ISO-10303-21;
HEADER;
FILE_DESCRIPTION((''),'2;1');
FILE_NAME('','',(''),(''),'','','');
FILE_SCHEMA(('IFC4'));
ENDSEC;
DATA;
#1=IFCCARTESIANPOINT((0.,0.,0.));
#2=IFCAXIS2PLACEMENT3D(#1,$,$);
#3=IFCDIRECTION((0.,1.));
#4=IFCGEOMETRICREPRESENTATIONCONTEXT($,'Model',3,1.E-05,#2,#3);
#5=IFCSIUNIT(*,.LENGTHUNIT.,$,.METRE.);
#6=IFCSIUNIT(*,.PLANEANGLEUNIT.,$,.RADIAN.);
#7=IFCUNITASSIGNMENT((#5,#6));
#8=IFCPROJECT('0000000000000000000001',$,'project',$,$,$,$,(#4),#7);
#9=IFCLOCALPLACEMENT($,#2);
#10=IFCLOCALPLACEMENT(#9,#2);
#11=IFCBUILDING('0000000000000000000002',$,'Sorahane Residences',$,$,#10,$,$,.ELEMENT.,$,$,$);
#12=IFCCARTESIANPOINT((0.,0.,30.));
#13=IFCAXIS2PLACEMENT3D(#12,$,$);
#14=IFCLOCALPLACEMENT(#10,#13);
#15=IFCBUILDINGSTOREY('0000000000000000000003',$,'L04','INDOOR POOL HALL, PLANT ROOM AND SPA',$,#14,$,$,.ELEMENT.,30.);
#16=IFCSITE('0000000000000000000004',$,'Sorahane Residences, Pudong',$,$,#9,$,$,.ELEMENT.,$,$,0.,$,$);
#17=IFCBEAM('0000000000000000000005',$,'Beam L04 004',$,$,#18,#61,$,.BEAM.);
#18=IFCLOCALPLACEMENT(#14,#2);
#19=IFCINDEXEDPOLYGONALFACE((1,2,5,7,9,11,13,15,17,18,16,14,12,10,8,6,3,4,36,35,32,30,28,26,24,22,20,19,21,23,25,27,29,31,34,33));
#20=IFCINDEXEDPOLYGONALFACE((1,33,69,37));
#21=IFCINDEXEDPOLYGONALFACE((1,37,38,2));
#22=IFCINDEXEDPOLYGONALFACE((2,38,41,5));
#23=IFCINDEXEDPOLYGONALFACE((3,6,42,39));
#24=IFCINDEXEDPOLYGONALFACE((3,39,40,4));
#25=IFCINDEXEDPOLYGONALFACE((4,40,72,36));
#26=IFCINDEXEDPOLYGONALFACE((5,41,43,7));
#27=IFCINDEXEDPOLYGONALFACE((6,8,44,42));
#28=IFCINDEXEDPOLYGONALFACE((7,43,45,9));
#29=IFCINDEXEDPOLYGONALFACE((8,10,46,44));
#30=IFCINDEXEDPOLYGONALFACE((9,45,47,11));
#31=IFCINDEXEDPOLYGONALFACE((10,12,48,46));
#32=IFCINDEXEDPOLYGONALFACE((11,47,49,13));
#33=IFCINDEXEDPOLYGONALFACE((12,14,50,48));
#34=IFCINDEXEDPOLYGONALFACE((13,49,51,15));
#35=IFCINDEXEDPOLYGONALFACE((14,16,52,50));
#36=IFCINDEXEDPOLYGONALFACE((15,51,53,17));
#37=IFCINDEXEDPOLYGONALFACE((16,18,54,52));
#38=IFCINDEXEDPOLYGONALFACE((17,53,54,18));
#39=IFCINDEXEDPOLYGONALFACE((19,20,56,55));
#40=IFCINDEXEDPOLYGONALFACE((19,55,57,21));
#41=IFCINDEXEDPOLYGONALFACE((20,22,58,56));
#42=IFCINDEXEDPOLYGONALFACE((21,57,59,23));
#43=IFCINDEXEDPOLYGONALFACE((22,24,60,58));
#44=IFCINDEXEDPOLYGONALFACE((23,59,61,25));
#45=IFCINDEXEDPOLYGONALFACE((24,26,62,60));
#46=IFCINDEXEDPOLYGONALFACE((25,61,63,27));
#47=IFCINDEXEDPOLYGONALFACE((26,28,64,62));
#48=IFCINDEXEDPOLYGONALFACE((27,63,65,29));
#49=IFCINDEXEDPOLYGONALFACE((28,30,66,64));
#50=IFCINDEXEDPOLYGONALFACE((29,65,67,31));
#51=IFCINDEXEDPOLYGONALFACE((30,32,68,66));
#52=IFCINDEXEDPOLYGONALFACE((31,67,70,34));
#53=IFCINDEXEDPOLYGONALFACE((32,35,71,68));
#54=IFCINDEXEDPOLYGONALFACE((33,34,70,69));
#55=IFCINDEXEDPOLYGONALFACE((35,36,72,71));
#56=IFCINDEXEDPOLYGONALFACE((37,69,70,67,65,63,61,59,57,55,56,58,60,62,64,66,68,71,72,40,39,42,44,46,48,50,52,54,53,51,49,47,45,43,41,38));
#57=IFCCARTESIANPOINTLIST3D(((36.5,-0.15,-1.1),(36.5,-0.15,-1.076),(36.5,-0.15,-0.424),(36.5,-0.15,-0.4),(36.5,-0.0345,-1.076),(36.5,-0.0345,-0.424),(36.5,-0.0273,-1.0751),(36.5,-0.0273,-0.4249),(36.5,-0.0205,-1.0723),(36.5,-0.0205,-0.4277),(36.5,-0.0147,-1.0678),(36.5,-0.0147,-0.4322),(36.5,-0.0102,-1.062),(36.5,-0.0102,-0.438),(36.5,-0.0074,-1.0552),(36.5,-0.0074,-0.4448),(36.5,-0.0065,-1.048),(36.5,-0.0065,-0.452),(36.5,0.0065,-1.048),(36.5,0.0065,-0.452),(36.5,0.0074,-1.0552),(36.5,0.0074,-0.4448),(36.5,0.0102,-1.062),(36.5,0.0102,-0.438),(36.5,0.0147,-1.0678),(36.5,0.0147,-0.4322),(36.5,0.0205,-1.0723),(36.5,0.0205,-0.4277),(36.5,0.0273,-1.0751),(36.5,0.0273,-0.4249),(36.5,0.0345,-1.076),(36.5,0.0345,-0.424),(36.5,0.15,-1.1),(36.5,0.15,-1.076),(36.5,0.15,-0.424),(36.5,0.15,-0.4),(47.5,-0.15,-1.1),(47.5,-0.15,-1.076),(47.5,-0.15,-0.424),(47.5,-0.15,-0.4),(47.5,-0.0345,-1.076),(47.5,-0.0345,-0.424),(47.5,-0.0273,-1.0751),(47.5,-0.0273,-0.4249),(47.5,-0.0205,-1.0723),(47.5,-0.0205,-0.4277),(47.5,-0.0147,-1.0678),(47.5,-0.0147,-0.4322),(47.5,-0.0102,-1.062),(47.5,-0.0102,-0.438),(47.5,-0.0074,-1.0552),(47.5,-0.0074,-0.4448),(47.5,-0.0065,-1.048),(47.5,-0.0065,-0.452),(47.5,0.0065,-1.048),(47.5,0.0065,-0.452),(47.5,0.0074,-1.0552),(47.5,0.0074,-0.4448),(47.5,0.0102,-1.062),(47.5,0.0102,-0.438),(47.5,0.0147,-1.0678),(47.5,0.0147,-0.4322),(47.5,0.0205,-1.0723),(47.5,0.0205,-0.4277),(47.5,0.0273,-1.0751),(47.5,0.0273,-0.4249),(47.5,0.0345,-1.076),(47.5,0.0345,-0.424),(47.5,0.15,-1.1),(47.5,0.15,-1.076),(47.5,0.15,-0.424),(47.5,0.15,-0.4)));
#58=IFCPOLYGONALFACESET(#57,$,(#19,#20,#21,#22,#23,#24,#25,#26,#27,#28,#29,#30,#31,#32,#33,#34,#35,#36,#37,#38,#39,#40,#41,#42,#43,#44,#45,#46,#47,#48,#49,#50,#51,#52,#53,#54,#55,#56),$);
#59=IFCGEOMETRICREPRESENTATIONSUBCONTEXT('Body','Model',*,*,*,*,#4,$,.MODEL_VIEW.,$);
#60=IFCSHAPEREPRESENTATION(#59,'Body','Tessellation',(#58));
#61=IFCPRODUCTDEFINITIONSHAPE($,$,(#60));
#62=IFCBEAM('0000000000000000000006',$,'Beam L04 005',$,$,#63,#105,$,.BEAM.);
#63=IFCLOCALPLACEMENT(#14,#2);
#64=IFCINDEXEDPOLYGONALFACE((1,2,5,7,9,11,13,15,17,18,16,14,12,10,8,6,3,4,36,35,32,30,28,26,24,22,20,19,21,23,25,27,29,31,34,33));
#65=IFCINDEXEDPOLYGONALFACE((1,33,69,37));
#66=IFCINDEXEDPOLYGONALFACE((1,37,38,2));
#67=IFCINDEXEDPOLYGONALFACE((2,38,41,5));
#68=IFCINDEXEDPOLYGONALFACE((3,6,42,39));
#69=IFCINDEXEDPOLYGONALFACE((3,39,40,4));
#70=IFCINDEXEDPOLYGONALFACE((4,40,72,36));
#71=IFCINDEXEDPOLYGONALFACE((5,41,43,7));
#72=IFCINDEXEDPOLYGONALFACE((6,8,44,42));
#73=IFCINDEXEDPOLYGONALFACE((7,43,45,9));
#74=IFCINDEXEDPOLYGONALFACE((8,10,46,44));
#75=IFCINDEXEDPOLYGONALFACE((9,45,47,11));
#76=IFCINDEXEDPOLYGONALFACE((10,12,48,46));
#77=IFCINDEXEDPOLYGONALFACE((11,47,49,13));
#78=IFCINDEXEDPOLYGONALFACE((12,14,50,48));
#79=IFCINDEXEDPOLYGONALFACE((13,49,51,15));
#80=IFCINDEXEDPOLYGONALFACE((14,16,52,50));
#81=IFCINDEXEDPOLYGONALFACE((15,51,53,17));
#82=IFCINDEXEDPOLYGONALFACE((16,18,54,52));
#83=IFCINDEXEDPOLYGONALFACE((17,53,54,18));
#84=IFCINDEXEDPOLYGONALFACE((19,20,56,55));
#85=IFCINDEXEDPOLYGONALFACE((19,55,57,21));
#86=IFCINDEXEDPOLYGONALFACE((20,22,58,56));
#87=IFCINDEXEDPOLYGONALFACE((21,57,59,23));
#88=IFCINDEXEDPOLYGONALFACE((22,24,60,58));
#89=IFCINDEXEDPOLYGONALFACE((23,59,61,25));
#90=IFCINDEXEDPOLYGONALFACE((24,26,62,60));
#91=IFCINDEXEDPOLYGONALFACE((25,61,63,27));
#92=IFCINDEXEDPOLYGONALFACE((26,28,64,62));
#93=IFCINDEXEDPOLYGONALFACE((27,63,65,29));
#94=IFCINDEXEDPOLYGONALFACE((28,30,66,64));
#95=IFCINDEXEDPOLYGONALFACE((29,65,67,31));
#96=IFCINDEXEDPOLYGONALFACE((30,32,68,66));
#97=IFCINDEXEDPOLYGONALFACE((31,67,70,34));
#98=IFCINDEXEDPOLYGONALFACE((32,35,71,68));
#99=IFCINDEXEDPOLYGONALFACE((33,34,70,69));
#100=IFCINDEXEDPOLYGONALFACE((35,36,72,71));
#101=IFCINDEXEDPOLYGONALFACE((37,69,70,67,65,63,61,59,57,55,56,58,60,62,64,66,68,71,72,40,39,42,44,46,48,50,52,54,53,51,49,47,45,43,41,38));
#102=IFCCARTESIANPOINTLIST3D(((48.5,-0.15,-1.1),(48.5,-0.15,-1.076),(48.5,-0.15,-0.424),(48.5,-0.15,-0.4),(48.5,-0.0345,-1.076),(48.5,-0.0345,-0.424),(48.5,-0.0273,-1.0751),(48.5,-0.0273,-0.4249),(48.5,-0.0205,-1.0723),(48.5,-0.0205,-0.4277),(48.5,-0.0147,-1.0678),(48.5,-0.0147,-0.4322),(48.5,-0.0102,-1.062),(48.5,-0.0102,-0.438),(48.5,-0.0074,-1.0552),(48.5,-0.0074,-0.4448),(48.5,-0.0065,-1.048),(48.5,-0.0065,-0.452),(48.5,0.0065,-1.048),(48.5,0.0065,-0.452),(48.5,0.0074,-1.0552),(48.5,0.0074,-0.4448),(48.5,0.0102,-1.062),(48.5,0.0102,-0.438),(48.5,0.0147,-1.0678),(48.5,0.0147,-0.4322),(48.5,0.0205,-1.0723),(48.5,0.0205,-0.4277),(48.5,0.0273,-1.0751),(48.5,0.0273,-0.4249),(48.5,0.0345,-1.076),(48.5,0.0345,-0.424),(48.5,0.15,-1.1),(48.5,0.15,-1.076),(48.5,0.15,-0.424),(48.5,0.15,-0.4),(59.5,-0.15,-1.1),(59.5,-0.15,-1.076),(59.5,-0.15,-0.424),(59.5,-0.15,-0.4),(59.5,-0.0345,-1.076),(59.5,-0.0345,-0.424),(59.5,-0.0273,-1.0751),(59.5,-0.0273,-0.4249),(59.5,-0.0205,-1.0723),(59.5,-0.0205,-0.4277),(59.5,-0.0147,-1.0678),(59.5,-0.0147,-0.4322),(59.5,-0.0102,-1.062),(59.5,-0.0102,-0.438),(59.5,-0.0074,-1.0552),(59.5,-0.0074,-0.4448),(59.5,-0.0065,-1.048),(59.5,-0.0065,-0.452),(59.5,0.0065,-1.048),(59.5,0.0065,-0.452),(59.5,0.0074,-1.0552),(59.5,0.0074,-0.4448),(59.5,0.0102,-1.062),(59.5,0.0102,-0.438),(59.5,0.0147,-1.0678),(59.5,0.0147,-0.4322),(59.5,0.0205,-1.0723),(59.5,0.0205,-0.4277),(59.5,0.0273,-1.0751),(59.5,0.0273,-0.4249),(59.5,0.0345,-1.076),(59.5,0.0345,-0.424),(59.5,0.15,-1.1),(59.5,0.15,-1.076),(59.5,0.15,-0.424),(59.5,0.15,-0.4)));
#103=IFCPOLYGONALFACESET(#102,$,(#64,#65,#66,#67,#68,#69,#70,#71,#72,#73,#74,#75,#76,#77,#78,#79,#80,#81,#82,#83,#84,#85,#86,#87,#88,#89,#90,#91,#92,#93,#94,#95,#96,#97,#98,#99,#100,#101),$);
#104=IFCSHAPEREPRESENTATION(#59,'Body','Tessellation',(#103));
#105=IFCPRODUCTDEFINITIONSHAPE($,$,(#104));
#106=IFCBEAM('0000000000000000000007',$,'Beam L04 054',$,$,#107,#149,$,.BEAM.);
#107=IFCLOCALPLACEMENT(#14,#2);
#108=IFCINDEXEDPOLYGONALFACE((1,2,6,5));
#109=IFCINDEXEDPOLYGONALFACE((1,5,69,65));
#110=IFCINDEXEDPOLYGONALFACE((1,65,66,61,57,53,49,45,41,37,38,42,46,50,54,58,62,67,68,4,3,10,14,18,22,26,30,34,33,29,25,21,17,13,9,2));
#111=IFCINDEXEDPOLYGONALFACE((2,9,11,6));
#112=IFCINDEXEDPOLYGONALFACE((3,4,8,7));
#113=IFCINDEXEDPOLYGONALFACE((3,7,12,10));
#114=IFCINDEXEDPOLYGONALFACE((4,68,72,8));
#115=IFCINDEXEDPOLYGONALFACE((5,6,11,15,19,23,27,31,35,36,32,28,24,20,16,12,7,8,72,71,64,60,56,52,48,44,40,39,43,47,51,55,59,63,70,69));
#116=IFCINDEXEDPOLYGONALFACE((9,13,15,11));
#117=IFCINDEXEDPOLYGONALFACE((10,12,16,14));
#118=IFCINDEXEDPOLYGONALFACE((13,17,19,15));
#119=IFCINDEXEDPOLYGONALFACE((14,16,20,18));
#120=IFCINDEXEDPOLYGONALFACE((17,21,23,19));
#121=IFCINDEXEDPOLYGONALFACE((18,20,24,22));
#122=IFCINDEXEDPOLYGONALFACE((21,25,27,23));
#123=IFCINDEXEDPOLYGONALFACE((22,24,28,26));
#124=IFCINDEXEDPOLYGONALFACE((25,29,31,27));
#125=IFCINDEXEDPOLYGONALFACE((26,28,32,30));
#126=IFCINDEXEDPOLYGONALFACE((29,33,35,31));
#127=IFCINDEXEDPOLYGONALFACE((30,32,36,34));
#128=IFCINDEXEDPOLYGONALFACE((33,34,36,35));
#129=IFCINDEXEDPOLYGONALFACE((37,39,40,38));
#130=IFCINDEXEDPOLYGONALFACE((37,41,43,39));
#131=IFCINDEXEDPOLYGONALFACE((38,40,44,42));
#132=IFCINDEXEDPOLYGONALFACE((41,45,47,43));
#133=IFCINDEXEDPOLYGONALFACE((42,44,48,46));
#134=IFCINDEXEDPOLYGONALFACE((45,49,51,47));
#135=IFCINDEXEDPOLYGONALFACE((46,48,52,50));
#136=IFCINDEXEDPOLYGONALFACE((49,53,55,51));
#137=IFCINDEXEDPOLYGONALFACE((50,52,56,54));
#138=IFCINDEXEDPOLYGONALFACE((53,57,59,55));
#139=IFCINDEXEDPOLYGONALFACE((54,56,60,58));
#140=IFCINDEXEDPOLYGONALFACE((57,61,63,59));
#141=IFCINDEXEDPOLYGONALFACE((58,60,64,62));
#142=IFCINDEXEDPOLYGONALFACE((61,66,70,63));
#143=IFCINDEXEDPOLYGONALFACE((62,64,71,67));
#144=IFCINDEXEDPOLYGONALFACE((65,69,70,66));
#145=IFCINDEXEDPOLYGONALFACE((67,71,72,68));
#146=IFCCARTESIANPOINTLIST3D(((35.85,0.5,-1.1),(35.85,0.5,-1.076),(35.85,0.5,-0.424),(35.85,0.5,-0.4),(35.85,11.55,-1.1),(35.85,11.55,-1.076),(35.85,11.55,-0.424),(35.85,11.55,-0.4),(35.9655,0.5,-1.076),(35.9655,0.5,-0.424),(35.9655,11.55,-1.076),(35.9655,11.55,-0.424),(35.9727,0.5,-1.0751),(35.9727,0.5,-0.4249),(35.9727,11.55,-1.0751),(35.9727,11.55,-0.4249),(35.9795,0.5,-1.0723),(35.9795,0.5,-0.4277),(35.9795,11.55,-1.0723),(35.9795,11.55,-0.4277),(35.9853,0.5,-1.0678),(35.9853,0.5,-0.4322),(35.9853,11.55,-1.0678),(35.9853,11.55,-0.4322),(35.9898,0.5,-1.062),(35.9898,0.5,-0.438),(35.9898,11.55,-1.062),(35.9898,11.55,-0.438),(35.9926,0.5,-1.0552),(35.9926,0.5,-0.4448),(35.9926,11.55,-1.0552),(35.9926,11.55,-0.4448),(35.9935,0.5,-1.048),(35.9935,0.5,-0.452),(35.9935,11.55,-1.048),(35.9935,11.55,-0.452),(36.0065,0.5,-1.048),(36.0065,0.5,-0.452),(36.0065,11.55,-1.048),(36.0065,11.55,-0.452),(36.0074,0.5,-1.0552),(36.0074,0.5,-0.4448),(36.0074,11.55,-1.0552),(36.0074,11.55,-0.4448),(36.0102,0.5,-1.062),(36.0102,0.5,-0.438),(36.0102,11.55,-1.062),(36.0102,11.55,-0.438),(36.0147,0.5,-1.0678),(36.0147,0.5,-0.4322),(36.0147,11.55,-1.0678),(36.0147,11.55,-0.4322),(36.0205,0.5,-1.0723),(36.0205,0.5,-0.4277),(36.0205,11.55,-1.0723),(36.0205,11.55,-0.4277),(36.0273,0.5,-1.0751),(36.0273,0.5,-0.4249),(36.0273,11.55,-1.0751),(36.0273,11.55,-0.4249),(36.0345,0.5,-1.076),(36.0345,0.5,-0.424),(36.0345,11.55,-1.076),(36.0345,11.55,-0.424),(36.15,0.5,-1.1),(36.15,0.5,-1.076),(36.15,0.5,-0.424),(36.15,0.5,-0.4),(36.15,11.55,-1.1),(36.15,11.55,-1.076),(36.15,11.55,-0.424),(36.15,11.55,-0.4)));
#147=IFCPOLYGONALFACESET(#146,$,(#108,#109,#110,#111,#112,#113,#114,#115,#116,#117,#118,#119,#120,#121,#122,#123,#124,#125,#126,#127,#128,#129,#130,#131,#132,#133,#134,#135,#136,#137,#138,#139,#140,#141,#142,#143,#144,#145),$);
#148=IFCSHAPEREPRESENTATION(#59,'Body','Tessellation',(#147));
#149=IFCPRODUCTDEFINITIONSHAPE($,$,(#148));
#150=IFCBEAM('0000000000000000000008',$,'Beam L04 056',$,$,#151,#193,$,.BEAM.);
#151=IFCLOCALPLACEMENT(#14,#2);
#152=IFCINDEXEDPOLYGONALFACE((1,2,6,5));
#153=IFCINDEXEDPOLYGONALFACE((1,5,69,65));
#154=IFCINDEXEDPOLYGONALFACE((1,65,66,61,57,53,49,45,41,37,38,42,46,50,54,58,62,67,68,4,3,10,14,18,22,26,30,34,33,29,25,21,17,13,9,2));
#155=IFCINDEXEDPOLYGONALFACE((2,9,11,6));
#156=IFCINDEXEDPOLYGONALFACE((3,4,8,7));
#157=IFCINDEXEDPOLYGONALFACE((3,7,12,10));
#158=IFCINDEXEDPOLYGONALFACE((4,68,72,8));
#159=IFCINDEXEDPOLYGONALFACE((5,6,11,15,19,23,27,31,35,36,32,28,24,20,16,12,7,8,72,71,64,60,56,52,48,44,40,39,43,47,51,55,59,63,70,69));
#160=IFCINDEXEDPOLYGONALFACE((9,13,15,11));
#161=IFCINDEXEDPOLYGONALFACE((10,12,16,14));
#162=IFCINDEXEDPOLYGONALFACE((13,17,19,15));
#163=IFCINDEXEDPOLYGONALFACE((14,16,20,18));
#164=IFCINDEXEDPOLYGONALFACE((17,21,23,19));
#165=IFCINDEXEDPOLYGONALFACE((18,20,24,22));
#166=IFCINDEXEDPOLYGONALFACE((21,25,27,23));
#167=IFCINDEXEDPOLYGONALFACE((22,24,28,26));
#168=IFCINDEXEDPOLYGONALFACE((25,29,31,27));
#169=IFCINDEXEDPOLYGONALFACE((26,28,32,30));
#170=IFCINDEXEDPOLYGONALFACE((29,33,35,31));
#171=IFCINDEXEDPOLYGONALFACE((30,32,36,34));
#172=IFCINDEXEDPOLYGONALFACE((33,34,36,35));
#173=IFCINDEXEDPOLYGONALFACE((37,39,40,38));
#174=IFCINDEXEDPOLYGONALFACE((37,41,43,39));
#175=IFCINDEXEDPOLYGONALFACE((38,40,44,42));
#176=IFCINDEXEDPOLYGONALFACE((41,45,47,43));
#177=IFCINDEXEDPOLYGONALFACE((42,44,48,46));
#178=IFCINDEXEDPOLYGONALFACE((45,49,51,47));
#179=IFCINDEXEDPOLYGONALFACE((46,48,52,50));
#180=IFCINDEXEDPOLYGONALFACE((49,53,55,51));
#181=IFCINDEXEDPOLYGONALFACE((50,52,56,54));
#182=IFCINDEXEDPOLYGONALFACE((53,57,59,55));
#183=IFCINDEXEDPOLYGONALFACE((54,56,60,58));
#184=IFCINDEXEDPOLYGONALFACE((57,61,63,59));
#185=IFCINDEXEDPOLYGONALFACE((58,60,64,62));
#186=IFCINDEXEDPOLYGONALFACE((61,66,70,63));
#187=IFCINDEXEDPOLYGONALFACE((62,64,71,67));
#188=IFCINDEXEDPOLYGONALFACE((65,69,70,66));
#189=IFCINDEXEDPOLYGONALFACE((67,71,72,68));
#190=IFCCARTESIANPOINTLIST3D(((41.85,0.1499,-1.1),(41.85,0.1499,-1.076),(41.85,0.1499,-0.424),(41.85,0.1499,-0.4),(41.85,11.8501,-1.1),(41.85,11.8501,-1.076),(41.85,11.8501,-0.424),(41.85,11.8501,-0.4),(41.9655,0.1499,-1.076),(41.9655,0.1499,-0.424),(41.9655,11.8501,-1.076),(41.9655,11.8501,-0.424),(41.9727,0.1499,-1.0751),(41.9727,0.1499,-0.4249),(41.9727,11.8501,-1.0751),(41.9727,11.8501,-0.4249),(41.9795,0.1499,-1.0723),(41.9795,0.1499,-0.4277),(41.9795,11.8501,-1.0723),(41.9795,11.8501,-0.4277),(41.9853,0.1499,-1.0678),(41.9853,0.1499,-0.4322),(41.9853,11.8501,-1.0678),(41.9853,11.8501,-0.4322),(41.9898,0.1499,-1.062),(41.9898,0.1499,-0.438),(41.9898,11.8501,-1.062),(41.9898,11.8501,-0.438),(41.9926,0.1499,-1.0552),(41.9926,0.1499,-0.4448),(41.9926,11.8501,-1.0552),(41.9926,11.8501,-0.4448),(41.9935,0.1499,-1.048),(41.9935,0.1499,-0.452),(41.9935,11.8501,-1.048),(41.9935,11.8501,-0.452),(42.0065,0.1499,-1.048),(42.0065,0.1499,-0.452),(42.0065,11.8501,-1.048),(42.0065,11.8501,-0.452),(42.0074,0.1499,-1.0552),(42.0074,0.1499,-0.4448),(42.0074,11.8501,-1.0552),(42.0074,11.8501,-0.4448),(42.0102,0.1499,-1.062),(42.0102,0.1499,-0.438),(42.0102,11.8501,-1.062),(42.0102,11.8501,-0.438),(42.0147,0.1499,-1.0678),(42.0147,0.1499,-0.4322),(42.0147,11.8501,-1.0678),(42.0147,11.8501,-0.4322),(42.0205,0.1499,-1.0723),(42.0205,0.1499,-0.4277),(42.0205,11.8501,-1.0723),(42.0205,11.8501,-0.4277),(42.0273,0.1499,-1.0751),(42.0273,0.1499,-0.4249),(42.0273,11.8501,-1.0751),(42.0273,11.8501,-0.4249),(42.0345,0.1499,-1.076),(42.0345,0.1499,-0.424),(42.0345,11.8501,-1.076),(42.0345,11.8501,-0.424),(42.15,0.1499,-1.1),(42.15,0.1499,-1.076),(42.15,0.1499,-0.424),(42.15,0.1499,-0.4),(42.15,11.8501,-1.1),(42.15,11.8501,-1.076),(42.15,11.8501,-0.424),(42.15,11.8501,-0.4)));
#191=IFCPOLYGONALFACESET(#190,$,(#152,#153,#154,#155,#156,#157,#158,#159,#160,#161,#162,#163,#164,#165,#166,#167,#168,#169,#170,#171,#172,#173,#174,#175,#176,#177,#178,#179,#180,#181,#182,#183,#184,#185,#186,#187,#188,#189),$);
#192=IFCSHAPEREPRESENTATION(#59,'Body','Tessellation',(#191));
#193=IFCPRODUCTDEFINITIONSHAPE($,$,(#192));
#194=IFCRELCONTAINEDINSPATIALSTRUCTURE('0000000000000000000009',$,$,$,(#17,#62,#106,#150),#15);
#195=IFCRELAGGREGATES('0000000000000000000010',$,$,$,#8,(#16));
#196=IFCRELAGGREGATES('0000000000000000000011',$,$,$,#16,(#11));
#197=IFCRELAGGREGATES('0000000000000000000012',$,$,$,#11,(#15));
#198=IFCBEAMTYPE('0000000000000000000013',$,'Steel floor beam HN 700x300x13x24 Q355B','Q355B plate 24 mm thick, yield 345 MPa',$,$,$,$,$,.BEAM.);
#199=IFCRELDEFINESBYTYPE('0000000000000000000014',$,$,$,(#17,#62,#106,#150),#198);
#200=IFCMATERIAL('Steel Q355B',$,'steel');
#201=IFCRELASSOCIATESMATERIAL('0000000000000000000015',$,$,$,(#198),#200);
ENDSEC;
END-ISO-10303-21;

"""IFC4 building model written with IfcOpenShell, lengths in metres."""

from ifc_helpers import new_model, si_unit, direction, frame, origin, origin_2d, place, context, subcontext, project, spatial, i_section, extrude, material, material_profile, profile_set, type_object, element, save


model = new_model("IFC4")

# Units and contexts
model_context = context("Model", 3, precision=1e-05, world=origin(), true_north=direction((0.0, 1.0)))
body_context = subcontext(model_context, "Body", "Model", "MODEL_VIEW")
ifc_project = project(units=[si_unit("LENGTHUNIT", "METRE"), si_unit("PLANEANGLEUNIT", "RADIAN")], contexts=[model_context])

# Site, building, storey
site_placement = place(None, origin())
site = spatial("IfcSite", under=ifc_project, at=site_placement, Name="Sorahane Residences, Pudong", CompositionType="ELEMENT", RefElevation=0.0)
building_placement = place(site_placement, origin())
building = spatial("IfcBuilding", under=site, at=building_placement, Name="Sorahane Residences", CompositionType="ELEMENT")
storey_placement = place(building_placement, frame((0.0, 0.0, 30.0)))
storey = spatial("IfcBuildingStorey", under=building, at=storey_placement, Name="L04", Description="INDOOR POOL HALL, PLANT ROOM AND SPA", CompositionType="ELEMENT", Elevation=30.0)

# Beams
ifc_material_1 = material(Name="Steel Q355B", Category="steel")
ifc_material_profile_1 = material_profile(ifc_material_1, i_section(OverallWidth=0.3, OverallDepth=0.7, WebThickness=0.0129, FlangeThickness=0.0239, FilletRadius=0.0281, at=origin_2d()), Name="HN 700x300x13x24")
ifc_profile_set_1 = profile_set([ifc_material_profile_1], Name="Steel Q355B")
beam_type_1 = type_object("IfcBeamType", Name="Steel floor beam HN 700x300x13x24 Q355B", Description="Q355B plate 24 mm thick, yield 345 MPa", PredefinedType="BEAM", material=ifc_profile_set_1)
for number, where, z_axis, x_axis, name in (
    (1, (36.5, 0.0, -0.75), (1.0, 0.0, 0.0), (0.0, 1.0, 0.0), "Beam L04 004"),
    (2, (48.5, 0.0, -0.75), (1.0, 0.0, 0.0), (0.0, 1.0, 0.0), "Beam L04 005"),
):
    element("IfcBeam", number, at=place(storey_placement, frame(where, z_axis=z_axis, x_axis=x_axis)), inside=storey, type_object=beam_type_1, Name=name, PredefinedType="BEAM", context=body_context, shape_type="SweptSolid", body=[
        extrude(i_section(OverallWidth=0.3, OverallDepth=0.7, WebThickness=0.0129, FlangeThickness=0.0239, FilletRadius=0.0281, at=origin_2d()), origin(), (0.0, 0.0, 1.0), 11.0),
    ])
beam_1_placement = place(storey_placement, frame((36.0, 0.5, -0.75), z_axis=(0.0, 1.0, 0.0), x_axis=(-1.0, 0.0, 0.0)))
element("IfcBeam", 3, at=beam_1_placement, inside=storey, type_object=beam_type_1, Name="Beam L04 054", PredefinedType="BEAM", context=body_context, shape_type="SweptSolid", body=[
    extrude(i_section(OverallWidth=0.3, OverallDepth=0.7, WebThickness=0.0129, FlangeThickness=0.0239, FilletRadius=0.0281, at=origin_2d()), origin(), (0.0, 0.0, 1.0), 11.05),
])
beam_2_placement = place(storey_placement, frame((42.0, 0.1499, -0.75), z_axis=(0.0, 1.0, 0.0), x_axis=(-1.0, 0.0, 0.0)))
element("IfcBeam", 4, at=beam_2_placement, inside=storey, type_object=beam_type_1, Name="Beam L04 056", PredefinedType="BEAM", context=body_context, shape_type="SweptSolid", body=[
    extrude(i_section(OverallWidth=0.3, OverallDepth=0.7, WebThickness=0.0129, FlangeThickness=0.0239, FilletRadius=0.0281, at=origin_2d()), origin(), (0.0, 0.0, 1.0), 11.7002),
])

save(model, "model.ifc")
